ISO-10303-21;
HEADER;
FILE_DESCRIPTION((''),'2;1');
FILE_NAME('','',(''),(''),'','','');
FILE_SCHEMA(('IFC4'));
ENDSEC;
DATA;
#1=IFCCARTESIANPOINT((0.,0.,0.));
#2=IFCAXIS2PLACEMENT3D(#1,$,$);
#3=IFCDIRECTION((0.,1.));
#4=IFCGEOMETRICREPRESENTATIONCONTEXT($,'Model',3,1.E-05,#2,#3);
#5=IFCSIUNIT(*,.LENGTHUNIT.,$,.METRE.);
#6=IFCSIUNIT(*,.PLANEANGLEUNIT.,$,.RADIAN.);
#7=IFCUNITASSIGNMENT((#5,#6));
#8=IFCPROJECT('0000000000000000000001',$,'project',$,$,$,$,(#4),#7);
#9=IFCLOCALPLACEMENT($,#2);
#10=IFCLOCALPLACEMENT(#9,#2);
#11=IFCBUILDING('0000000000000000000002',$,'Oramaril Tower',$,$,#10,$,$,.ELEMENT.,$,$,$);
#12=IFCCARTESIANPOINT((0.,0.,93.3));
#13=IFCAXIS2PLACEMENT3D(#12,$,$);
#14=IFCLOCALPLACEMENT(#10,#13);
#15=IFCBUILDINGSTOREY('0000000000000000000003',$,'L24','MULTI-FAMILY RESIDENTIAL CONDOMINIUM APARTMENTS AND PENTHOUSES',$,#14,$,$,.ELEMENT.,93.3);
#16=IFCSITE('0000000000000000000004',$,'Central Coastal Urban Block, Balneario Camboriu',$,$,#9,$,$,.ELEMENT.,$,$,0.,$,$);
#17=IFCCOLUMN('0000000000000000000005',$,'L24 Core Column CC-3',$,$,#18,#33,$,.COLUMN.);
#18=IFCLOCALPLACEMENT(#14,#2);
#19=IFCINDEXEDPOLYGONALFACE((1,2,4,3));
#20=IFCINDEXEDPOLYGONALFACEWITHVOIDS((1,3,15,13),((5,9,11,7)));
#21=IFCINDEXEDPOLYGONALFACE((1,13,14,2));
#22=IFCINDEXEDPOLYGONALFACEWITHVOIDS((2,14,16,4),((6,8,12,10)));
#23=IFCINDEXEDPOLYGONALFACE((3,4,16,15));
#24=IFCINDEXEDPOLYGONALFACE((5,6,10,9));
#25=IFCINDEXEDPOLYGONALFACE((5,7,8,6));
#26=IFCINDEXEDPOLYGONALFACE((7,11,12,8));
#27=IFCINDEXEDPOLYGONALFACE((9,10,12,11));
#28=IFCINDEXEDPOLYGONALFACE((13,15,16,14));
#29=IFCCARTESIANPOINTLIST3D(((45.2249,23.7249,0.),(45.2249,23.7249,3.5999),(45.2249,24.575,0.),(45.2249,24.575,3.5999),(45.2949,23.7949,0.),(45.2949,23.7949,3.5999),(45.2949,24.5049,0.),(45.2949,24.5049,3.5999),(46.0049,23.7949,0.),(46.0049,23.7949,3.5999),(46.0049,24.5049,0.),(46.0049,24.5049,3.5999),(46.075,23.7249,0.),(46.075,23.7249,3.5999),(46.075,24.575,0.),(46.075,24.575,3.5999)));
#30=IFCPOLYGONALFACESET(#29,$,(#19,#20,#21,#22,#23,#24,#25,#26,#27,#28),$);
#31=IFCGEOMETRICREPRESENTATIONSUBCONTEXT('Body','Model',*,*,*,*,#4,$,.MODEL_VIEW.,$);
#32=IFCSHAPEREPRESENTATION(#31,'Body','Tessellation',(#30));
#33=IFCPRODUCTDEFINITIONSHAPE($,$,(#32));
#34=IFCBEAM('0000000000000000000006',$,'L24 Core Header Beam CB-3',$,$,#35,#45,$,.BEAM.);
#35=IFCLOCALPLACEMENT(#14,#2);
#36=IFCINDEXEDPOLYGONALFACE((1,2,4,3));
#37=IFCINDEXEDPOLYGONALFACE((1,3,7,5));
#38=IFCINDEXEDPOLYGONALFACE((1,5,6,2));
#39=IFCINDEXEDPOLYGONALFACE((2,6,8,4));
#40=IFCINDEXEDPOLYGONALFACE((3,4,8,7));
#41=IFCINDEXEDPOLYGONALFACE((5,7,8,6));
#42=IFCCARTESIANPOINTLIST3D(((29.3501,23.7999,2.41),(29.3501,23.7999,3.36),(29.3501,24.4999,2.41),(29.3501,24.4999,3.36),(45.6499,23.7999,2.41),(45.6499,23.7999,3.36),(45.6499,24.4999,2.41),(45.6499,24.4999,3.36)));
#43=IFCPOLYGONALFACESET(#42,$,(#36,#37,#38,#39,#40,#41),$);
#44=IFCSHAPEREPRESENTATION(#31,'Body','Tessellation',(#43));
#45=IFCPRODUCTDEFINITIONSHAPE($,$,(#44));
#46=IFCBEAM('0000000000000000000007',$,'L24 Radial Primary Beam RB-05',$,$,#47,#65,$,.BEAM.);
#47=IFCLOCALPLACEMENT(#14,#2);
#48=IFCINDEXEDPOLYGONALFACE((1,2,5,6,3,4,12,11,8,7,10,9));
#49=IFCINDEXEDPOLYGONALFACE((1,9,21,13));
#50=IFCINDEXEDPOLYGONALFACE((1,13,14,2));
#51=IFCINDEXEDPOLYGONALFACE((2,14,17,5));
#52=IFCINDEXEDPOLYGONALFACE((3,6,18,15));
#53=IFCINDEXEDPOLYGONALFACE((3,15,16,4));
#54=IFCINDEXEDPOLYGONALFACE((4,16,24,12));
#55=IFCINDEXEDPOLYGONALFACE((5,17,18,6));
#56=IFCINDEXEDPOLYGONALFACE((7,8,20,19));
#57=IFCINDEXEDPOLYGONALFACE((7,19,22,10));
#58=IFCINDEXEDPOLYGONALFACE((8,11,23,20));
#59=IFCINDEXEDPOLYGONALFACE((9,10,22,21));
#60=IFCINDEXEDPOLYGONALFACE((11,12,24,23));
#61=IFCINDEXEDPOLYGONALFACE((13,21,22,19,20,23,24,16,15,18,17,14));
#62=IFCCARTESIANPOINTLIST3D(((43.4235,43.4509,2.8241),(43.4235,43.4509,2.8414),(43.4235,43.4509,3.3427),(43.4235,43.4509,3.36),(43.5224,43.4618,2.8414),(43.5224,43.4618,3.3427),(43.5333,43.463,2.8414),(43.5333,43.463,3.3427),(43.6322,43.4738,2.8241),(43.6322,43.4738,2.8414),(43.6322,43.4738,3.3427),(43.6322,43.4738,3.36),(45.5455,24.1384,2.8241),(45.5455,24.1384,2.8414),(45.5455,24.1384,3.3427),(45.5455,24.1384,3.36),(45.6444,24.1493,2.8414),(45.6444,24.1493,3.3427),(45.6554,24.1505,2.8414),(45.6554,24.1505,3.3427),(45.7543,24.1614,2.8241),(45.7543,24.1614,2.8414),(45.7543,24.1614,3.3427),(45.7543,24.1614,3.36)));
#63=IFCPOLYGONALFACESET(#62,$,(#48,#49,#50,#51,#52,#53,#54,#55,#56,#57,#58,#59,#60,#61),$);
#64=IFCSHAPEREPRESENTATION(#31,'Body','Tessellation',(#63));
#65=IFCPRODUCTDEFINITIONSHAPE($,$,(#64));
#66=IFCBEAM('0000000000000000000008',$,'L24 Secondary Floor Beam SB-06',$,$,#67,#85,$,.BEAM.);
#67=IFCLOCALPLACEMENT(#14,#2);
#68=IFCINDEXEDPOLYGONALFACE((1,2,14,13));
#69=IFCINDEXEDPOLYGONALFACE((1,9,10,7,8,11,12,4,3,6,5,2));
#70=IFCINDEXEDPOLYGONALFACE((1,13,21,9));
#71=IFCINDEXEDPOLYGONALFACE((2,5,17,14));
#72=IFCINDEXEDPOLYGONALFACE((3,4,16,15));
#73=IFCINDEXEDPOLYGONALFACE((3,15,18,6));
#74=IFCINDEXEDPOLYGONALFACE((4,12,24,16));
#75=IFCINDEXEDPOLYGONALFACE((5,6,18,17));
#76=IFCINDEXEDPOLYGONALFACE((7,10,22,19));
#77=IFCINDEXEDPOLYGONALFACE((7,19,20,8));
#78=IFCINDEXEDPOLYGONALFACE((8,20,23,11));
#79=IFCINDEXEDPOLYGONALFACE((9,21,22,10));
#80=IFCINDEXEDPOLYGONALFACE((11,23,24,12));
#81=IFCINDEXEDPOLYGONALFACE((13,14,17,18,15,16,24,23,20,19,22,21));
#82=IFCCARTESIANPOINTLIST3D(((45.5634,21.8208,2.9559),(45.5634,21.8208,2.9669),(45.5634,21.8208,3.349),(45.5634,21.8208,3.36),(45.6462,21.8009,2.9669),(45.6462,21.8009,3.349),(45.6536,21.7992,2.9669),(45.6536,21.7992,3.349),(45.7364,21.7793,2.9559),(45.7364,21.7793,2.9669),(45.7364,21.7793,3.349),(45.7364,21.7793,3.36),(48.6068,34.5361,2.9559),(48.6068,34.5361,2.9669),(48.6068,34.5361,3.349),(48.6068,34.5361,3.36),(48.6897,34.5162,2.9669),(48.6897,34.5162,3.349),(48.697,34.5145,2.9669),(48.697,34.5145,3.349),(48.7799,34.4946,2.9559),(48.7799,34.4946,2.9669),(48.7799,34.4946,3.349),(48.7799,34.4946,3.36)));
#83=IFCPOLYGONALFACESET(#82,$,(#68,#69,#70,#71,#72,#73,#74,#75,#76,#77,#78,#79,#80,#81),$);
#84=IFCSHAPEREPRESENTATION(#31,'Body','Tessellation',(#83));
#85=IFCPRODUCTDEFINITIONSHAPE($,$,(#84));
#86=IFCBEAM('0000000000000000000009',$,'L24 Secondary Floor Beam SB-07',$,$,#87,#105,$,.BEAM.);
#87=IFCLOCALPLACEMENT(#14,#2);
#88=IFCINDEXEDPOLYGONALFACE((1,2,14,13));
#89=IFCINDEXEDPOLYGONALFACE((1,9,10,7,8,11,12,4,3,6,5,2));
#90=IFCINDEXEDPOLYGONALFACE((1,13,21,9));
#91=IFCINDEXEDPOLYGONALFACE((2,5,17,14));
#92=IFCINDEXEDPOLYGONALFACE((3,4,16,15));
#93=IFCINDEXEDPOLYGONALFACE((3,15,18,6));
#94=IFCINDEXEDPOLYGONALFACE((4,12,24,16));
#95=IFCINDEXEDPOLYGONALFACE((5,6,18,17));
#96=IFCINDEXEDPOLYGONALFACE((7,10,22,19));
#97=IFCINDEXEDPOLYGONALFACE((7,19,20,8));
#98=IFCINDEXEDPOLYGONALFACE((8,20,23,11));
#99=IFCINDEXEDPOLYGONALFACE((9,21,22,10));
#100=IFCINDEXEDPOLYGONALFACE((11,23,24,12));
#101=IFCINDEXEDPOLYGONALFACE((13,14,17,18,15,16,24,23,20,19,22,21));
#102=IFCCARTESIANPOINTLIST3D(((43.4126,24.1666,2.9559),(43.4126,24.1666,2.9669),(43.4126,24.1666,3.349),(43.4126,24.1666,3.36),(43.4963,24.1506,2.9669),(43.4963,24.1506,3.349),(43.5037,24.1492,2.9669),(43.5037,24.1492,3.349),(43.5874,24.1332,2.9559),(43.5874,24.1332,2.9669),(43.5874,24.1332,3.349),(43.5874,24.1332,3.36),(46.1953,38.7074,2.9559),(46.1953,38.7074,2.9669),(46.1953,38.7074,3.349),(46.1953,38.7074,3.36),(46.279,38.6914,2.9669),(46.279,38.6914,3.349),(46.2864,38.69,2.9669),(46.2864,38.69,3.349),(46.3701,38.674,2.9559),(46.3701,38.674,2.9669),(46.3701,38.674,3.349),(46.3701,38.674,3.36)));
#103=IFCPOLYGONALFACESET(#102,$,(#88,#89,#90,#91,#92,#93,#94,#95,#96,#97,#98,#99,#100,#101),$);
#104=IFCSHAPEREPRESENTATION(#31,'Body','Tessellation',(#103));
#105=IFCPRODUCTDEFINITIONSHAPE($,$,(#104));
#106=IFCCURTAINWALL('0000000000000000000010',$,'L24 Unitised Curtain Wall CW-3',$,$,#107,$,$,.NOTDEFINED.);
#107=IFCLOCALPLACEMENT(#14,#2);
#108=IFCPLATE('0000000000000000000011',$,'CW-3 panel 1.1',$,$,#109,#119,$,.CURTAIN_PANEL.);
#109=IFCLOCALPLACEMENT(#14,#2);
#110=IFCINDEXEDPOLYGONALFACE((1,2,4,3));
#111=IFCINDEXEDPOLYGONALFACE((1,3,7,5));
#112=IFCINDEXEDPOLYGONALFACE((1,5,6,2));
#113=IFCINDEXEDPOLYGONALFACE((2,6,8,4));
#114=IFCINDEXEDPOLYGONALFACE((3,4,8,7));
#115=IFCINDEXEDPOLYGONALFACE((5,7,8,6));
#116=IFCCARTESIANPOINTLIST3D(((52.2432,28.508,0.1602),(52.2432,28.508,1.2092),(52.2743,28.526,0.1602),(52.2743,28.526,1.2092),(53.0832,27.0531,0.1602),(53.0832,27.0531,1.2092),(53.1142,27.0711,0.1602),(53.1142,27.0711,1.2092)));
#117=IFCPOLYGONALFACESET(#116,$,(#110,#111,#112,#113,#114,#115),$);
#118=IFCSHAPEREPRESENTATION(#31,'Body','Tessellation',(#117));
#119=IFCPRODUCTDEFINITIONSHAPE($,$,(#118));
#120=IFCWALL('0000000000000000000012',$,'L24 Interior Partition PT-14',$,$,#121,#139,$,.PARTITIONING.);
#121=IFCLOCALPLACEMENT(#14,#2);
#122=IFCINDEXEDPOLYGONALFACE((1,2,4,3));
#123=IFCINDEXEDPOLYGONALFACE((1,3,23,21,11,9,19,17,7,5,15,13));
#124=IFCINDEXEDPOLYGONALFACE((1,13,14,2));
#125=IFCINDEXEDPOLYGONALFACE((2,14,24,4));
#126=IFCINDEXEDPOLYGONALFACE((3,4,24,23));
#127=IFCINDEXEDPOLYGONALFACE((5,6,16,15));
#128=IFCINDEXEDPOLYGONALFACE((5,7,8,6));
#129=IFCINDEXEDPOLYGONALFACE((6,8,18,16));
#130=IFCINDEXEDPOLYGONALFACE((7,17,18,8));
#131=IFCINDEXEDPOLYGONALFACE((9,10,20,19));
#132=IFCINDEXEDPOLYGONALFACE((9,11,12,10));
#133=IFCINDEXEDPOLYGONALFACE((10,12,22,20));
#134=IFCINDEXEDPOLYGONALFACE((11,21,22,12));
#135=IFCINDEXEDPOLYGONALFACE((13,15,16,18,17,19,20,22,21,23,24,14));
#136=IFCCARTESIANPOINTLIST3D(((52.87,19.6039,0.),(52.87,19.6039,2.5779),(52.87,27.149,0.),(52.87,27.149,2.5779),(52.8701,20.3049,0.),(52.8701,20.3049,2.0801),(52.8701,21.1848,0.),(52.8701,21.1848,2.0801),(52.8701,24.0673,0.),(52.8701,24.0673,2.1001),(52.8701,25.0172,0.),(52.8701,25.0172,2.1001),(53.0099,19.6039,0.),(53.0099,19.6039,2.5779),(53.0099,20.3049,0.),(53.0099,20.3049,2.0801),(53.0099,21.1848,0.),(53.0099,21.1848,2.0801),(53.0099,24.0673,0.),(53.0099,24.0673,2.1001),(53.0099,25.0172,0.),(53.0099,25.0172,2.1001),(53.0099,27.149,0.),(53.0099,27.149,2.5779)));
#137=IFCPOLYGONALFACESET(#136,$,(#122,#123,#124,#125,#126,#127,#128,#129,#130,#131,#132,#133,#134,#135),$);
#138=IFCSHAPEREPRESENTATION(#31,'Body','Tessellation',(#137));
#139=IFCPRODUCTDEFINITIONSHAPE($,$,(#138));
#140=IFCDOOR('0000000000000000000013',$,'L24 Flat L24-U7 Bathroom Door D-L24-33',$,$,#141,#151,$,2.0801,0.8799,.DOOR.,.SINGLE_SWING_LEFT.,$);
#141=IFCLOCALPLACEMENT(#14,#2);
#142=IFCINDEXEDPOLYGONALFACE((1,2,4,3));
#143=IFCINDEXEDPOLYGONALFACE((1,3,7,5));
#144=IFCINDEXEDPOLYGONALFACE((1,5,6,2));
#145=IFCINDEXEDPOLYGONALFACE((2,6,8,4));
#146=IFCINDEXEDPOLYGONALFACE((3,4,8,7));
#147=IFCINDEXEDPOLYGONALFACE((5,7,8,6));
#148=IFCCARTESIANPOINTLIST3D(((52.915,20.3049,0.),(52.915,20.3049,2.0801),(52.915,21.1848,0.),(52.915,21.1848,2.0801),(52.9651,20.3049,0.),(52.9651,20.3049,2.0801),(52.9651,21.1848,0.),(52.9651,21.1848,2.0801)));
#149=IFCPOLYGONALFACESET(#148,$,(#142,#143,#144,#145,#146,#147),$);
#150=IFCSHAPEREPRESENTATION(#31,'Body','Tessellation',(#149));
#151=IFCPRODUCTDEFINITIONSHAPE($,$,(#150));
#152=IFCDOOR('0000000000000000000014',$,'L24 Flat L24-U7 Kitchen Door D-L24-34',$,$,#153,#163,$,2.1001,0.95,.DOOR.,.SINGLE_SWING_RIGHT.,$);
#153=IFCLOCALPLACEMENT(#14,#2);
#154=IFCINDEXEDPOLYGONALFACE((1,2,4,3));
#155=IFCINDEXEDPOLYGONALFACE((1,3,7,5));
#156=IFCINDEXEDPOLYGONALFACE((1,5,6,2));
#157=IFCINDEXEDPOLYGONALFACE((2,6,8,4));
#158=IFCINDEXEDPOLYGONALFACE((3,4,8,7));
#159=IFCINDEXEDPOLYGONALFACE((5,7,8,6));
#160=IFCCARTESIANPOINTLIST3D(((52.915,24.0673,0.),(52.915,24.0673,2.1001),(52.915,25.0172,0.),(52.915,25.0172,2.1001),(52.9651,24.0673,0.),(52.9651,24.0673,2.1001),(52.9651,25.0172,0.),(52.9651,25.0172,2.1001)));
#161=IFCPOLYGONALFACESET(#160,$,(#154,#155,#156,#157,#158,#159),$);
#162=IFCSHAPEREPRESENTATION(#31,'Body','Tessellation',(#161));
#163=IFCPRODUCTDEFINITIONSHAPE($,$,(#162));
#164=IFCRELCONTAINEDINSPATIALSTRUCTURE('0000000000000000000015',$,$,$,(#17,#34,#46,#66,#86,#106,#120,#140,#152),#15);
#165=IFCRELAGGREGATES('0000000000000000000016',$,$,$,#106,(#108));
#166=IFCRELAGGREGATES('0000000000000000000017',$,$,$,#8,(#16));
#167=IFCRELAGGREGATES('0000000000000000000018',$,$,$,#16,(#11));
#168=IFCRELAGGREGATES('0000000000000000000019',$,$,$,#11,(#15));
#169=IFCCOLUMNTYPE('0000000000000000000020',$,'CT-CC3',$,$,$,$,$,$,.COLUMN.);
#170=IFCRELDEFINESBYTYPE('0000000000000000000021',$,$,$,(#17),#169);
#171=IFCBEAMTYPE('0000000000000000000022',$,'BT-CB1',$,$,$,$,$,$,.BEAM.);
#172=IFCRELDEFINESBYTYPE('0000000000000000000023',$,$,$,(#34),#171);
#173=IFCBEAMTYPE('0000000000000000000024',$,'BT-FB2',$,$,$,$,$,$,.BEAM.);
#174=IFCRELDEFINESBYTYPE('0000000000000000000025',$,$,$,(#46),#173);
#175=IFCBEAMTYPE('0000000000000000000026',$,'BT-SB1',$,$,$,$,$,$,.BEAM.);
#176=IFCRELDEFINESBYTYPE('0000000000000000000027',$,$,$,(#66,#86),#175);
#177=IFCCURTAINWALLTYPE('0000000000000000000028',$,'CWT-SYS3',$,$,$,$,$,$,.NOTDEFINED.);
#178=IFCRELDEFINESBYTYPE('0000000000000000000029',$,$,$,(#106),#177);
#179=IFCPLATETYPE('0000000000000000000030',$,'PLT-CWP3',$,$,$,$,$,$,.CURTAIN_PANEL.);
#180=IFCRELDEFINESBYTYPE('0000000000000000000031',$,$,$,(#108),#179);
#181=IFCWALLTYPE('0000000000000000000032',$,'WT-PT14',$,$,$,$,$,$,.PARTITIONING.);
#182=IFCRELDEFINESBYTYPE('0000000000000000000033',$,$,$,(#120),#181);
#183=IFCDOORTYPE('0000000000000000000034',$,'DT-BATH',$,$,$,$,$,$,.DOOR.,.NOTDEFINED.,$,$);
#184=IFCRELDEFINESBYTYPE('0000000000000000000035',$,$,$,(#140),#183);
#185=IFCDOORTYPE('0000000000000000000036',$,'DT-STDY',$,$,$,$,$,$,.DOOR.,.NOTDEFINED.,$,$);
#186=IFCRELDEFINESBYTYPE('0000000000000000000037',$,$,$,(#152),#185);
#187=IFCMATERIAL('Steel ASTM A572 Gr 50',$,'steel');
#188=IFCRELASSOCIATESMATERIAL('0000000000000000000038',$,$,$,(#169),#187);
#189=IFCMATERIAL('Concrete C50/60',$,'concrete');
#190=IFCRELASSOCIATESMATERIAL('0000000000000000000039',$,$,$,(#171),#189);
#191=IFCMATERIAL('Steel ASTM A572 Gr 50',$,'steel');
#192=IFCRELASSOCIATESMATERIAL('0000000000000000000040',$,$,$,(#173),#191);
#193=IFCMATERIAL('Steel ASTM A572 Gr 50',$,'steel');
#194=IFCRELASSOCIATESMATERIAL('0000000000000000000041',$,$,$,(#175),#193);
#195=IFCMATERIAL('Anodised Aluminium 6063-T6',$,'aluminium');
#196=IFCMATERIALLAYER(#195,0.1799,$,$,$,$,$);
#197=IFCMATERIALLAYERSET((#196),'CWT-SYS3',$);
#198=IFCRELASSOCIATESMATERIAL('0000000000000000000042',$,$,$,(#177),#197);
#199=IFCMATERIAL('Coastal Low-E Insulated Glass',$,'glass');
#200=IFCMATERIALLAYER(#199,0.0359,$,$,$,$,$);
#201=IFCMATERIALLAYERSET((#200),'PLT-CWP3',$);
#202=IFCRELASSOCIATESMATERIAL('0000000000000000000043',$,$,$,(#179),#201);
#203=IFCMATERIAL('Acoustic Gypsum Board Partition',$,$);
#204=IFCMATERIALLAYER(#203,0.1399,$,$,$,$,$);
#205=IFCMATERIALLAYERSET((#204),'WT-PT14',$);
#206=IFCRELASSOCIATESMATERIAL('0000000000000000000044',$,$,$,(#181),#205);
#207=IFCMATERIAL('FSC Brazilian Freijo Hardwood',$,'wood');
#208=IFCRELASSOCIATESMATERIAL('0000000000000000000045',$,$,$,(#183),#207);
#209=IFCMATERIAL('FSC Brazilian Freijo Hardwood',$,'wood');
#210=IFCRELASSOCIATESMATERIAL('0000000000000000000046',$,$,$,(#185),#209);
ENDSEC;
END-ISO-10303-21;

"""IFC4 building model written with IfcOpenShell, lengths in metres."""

from ifc_helpers import new_model, si_unit, direction, frame, frame_2d, origin, origin_2d, place, context, subcontext, project, spatial, rectangle, hollow_rectangle, i_section, extrude, material, layer, layer_set, material_profile, profile_set, type_object, element, fill, aggregate, save


model = new_model("IFC4")

# Units and contexts
model_context = context("Model", 3, precision=1e-05, world=origin(), true_north=direction((0.0, 1.0)))
body_context = subcontext(model_context, "Body", "Model", "MODEL_VIEW")
ifc_project = project(units=[si_unit("LENGTHUNIT", "METRE"), si_unit("PLANEANGLEUNIT", "RADIAN")], contexts=[model_context])

# Site, building, storey
site_placement = place(None, origin())
site = spatial("IfcSite", under=ifc_project, at=site_placement, Name="Central Coastal Urban Block, Balneario Camboriu", CompositionType="ELEMENT", RefElevation=0.0)
building_placement = place(site_placement, origin())
building = spatial("IfcBuilding", under=site, at=building_placement, Name="Oramaril Tower", CompositionType="ELEMENT")
storey_placement = place(building_placement, frame((0.0, 0.0, 93.3)))
storey = spatial("IfcBuildingStorey", under=building, at=storey_placement, Name="L24", Description="MULTI-FAMILY RESIDENTIAL CONDOMINIUM APARTMENTS AND PENTHOUSES", CompositionType="ELEMENT", Elevation=93.3)

# Column
ifc_material_1 = material(Name="Steel ASTM A572 Gr 50", Category="steel")
ifc_material_profile_1 = material_profile(ifc_material_1, hollow_rectangle(XDim=0.8501, YDim=0.8501, WallThickness=0.0701, at=origin_2d()), Name="BOX850X850X70")
ifc_profile_set_1 = profile_set([ifc_material_profile_1], Name="Steel ASTM A572 Gr 50")
column_type = type_object("IfcColumnType", Name="CT-CC3", PredefinedType="COLUMN", material=ifc_profile_set_1)
column_placement = place(storey_placement, frame((45.6499, 24.1499, 0.0), z_axis=(0.0, 0.0, 1.0), x_axis=(1.0, 0.0, 0.0)))
element("IfcColumn", 1, at=column_placement, inside=storey, type_object=column_type, Name="L24 Core Column CC-3", PredefinedType="COLUMN", context=body_context, shape_type="SweptSolid", body=[
    extrude(hollow_rectangle(XDim=0.8501, YDim=0.8501, WallThickness=0.0701, at=origin_2d()), origin(), (0.0, 0.0, 1.0), 3.5999),
])

# Beams
ifc_material_2 = material(Name="Concrete C50/60", Category="concrete")
ifc_material_profile_2 = material_profile(ifc_material_2, rectangle(XDim=0.7, YDim=0.95, at=origin_2d()), Name="CB700X950")
ifc_profile_set_2 = profile_set([ifc_material_profile_2], Name="Concrete C50/60")
beam_type_1 = type_object("IfcBeamType", Name="BT-CB1", PredefinedType="BEAM", material=ifc_profile_set_2)
beam_1_placement = place(storey_placement, frame((45.6499, 24.1499, 2.885), z_axis=(-1.0, 0.0, 0.0), x_axis=(0.0, -1.0, 0.0)))
element("IfcBeam", 2, at=beam_1_placement, inside=storey, type_object=beam_type_1, Name="L24 Core Header Beam CB-3", PredefinedType="BEAM", context=body_context, shape_type="SweptSolid", body=[
    extrude(rectangle(XDim=0.7, YDim=0.95, at=origin_2d()), origin(), (0.0, 0.0, 1.0), 16.2998),
])
ifc_material_3 = material(Name="Steel ASTM A572 Gr 50", Category="steel")
ifc_material_profile_3 = material_profile(ifc_material_3, i_section(OverallWidth=0.21, OverallDepth=0.5359, WebThickness=0.011, FlangeThickness=0.0173, at=origin_2d()), Name="W21X68")
ifc_profile_set_3 = profile_set([ifc_material_profile_3], Name="Steel ASTM A572 Gr 50")
beam_type_2 = type_object("IfcBeamType", Name="BT-FB2", PredefinedType="BEAM", material=ifc_profile_set_3)
beam_2_placement = place(storey_placement, frame((45.6499, 24.1499, 3.092), z_axis=(-0.109223, 0.994017, 0.0), x_axis=(-0.994017, -0.109223, 0.0)))
element("IfcBeam", 3, at=beam_2_placement, inside=storey, type_object=beam_type_2, Name="L24 Radial Primary Beam RB-05", PredefinedType="BEAM", context=body_context, shape_type="SweptSolid", body=[
    extrude(i_section(OverallWidth=0.21, OverallDepth=0.5359, WebThickness=0.011, FlangeThickness=0.0173, at=origin_2d()), origin(), (0.0, 0.0, 1.0), 19.4287),
])
ifc_material_4 = material(Name="Steel ASTM A572 Gr 50", Category="steel")
ifc_material_profile_4 = material_profile(ifc_material_4, i_section(OverallWidth=0.178, OverallDepth=0.4041, WebThickness=0.0076, FlangeThickness=0.011, at=origin_2d()), Name="W16X36")
ifc_profile_set_4 = profile_set([ifc_material_profile_4], Name="Steel ASTM A572 Gr 50")
beam_type_3 = type_object("IfcBeamType", Name="BT-SB1", PredefinedType="BEAM", material=ifc_profile_set_4)
beam_3_placement = place(storey_placement, frame((45.6499, 21.8, 3.158), z_axis=(0.232778, 0.97253, 0.0), x_axis=(-0.97253, 0.232778, 0.0)))
element("IfcBeam", 4, at=beam_3_placement, inside=storey, type_object=beam_type_3, Name="L24 Secondary Floor Beam SB-06", PredefinedType="BEAM", context=body_context, shape_type="SweptSolid", body=[
    extrude(i_section(OverallWidth=0.178, OverallDepth=0.4041, WebThickness=0.0076, FlangeThickness=0.011, at=origin_2d()), origin(), (0.0, 0.0, 1.0), 13.0745),
])
beam_4_placement = place(storey_placement, frame((43.5, 24.1499, 3.158), z_axis=(0.187962, 0.982176, 0.0), x_axis=(-0.982176, 0.187962, 0.0)))
element("IfcBeam", 5, at=beam_4_placement, inside=storey, type_object=beam_type_3, Name="L24 Secondary Floor Beam SB-07", PredefinedType="BEAM", context=body_context, shape_type="SweptSolid", body=[
    extrude(i_section(OverallWidth=0.178, OverallDepth=0.4041, WebThickness=0.0076, FlangeThickness=0.011, at=origin_2d()), origin(), (0.0, 0.0, 1.0), 14.8047),
])

# Curtain wall, plate
ifc_material_5 = material(Name="Anodised Aluminium 6063-T6", Category="aluminium")
ifc_layer_1 = layer(ifc_material_5, 0.1799)
ifc_layer_set_1 = layer_set([ifc_layer_1], Name="CWT-SYS3")
curtain_wall_type = type_object("IfcCurtainWallType", Name="CWT-SYS3", PredefinedType="NOTDEFINED", material=ifc_layer_set_1)
curtain_wall_placement = place(storey_placement, origin())
curtain_wall = element("IfcCurtainWall", 6, at=curtain_wall_placement, inside=storey, type_object=curtain_wall_type, Name="L24 Unitised Curtain Wall CW-3", PredefinedType="NOTDEFINED")
ifc_material_6 = material(Name="Coastal Low-E Insulated Glass", Category="glass")
ifc_layer_2 = layer(ifc_material_6, 0.0359)
ifc_layer_set_2 = layer_set([ifc_layer_2], Name="PLT-CWP3")
plate_type = type_object("IfcPlateType", Name="PLT-CWP3", PredefinedType="CURTAIN_PANEL", material=ifc_layer_set_2)
plate_placement = place(storey_placement, frame((52.6787, 27.7896, 0.1602), z_axis=(0.0, 0.0, 1.0), x_axis=(-0.5, 0.866025, 0.0)))
plate = element("IfcPlate", 7, at=plate_placement, type_object=plate_type, Name="CW-3 panel 1.1", PredefinedType="CURTAIN_PANEL", context=body_context, shape_type="SweptSolid", body=[
    extrude(rectangle(XDim=1.6799, YDim=0.0359, at=origin_2d()), origin(), (0.0, 0.0, 1.0), 1.0491),
])
aggregate(curtain_wall, [plate])

# Wall, openings, doors
ifc_material_7 = material(Name="Acoustic Gypsum Board Partition")
ifc_layer_3 = layer(ifc_material_7, 0.1399)
ifc_layer_set_3 = layer_set([ifc_layer_3], Name="WT-PT14")
wall_type_1 = type_object("IfcWallType", Name="WT-PT14", PredefinedType="PARTITIONING", material=ifc_layer_set_3)
wall_1_placement = place(storey_placement, frame((52.9399, 19.604, 0.0), z_axis=(0.0, 0.0, 1.0), x_axis=(0.0, 1.0, 0.0)))
wall_1 = element("IfcWall", 8, at=wall_1_placement, inside=storey, type_object=wall_type_1, Name="L24 Interior Partition PT-14", PredefinedType="PARTITIONING", context=body_context, shape_type="SweptSolid", body=[
    extrude(rectangle(XDim=7.5452, YDim=0.1399, at=frame_2d((3.7725, 0.0))), origin(), (0.0, 0.0, 1.0), 2.5779),
])
opening_1_placement = place(wall_1_placement, frame((0.7009, 0.0, 0.0)))
opening_1 = element("IfcOpeningElement", 9, at=opening_1_placement, cuts=wall_1, PredefinedType="OPENING", context=body_context, shape_type="SweptSolid", body=[
    extrude(rectangle(XDim=0.8799, YDim=2.0801, at=frame_2d((0.4399, 1.04))), frame((0.0, 0.0698, 0.0), z_axis=(0.0, -1.0, 0.0), x_axis=(1.0, 0.0, 0.0)), (0.0, 0.0, 1.0), 0.1399),
])
opening_2_placement = place(wall_1_placement, frame((4.4631, 0.0, 0.0)))
opening_2 = element("IfcOpeningElement", 10, at=opening_2_placement, cuts=wall_1, PredefinedType="OPENING", context=body_context, shape_type="SweptSolid", body=[
    extrude(rectangle(XDim=0.95, YDim=2.1001, at=frame_2d((0.4751, 1.05))), frame((0.0, 0.0698, 0.0), z_axis=(0.0, -1.0, 0.0), x_axis=(1.0, 0.0, 0.0)), (0.0, 0.0, 1.0), 0.1399),
])
ifc_material_8 = material(Name="FSC Brazilian Freijo Hardwood", Category="wood")
door_type_1 = type_object("IfcDoorType", Name="DT-BATH", OperationType="NOTDEFINED", PredefinedType="DOOR", material=ifc_material_8)
door_1_placement = place(opening_1_placement, origin())
door_1 = element("IfcDoor", 11, at=door_1_placement, inside=storey, type_object=door_type_1, Name="L24 Flat L24-U7 Bathroom Door D-L24-33", OperationType="SINGLE_SWING_LEFT", OverallHeight=2.0801, OverallWidth=0.8799, PredefinedType="DOOR", context=body_context, shape_type="SweptSolid", body=[
    extrude(rectangle(XDim=0.8799, YDim=2.0801, at=frame_2d((0.4399, 1.04))), frame((0.0, 0.0249, 0.0), z_axis=(0.0, -1.0, 0.0), x_axis=(1.0, 0.0, 0.0)), (0.0, 0.0, 1.0), 0.05),
])
fill(opening_1, door_1)
ifc_material_9 = material(Name="FSC Brazilian Freijo Hardwood", Category="wood")
door_type_2 = type_object("IfcDoorType", Name="DT-STDY", OperationType="NOTDEFINED", PredefinedType="DOOR", material=ifc_material_9)
door_2_placement = place(opening_2_placement, origin())
door_2 = element("IfcDoor", 12, at=door_2_placement, inside=storey, type_object=door_type_2, Name="L24 Flat L24-U7 Kitchen Door D-L24-34", OperationType="SINGLE_SWING_RIGHT", OverallHeight=2.1001, OverallWidth=0.95, PredefinedType="DOOR", context=body_context, shape_type="SweptSolid", body=[
    extrude(rectangle(XDim=0.95, YDim=2.1001, at=frame_2d((0.4751, 1.05))), frame((0.0, 0.0249, 0.0), z_axis=(0.0, -1.0, 0.0), x_axis=(1.0, 0.0, 0.0)), (0.0, 0.0, 1.0), 0.05),
])
fill(opening_2, door_2)

save(model, "model.ifc")
